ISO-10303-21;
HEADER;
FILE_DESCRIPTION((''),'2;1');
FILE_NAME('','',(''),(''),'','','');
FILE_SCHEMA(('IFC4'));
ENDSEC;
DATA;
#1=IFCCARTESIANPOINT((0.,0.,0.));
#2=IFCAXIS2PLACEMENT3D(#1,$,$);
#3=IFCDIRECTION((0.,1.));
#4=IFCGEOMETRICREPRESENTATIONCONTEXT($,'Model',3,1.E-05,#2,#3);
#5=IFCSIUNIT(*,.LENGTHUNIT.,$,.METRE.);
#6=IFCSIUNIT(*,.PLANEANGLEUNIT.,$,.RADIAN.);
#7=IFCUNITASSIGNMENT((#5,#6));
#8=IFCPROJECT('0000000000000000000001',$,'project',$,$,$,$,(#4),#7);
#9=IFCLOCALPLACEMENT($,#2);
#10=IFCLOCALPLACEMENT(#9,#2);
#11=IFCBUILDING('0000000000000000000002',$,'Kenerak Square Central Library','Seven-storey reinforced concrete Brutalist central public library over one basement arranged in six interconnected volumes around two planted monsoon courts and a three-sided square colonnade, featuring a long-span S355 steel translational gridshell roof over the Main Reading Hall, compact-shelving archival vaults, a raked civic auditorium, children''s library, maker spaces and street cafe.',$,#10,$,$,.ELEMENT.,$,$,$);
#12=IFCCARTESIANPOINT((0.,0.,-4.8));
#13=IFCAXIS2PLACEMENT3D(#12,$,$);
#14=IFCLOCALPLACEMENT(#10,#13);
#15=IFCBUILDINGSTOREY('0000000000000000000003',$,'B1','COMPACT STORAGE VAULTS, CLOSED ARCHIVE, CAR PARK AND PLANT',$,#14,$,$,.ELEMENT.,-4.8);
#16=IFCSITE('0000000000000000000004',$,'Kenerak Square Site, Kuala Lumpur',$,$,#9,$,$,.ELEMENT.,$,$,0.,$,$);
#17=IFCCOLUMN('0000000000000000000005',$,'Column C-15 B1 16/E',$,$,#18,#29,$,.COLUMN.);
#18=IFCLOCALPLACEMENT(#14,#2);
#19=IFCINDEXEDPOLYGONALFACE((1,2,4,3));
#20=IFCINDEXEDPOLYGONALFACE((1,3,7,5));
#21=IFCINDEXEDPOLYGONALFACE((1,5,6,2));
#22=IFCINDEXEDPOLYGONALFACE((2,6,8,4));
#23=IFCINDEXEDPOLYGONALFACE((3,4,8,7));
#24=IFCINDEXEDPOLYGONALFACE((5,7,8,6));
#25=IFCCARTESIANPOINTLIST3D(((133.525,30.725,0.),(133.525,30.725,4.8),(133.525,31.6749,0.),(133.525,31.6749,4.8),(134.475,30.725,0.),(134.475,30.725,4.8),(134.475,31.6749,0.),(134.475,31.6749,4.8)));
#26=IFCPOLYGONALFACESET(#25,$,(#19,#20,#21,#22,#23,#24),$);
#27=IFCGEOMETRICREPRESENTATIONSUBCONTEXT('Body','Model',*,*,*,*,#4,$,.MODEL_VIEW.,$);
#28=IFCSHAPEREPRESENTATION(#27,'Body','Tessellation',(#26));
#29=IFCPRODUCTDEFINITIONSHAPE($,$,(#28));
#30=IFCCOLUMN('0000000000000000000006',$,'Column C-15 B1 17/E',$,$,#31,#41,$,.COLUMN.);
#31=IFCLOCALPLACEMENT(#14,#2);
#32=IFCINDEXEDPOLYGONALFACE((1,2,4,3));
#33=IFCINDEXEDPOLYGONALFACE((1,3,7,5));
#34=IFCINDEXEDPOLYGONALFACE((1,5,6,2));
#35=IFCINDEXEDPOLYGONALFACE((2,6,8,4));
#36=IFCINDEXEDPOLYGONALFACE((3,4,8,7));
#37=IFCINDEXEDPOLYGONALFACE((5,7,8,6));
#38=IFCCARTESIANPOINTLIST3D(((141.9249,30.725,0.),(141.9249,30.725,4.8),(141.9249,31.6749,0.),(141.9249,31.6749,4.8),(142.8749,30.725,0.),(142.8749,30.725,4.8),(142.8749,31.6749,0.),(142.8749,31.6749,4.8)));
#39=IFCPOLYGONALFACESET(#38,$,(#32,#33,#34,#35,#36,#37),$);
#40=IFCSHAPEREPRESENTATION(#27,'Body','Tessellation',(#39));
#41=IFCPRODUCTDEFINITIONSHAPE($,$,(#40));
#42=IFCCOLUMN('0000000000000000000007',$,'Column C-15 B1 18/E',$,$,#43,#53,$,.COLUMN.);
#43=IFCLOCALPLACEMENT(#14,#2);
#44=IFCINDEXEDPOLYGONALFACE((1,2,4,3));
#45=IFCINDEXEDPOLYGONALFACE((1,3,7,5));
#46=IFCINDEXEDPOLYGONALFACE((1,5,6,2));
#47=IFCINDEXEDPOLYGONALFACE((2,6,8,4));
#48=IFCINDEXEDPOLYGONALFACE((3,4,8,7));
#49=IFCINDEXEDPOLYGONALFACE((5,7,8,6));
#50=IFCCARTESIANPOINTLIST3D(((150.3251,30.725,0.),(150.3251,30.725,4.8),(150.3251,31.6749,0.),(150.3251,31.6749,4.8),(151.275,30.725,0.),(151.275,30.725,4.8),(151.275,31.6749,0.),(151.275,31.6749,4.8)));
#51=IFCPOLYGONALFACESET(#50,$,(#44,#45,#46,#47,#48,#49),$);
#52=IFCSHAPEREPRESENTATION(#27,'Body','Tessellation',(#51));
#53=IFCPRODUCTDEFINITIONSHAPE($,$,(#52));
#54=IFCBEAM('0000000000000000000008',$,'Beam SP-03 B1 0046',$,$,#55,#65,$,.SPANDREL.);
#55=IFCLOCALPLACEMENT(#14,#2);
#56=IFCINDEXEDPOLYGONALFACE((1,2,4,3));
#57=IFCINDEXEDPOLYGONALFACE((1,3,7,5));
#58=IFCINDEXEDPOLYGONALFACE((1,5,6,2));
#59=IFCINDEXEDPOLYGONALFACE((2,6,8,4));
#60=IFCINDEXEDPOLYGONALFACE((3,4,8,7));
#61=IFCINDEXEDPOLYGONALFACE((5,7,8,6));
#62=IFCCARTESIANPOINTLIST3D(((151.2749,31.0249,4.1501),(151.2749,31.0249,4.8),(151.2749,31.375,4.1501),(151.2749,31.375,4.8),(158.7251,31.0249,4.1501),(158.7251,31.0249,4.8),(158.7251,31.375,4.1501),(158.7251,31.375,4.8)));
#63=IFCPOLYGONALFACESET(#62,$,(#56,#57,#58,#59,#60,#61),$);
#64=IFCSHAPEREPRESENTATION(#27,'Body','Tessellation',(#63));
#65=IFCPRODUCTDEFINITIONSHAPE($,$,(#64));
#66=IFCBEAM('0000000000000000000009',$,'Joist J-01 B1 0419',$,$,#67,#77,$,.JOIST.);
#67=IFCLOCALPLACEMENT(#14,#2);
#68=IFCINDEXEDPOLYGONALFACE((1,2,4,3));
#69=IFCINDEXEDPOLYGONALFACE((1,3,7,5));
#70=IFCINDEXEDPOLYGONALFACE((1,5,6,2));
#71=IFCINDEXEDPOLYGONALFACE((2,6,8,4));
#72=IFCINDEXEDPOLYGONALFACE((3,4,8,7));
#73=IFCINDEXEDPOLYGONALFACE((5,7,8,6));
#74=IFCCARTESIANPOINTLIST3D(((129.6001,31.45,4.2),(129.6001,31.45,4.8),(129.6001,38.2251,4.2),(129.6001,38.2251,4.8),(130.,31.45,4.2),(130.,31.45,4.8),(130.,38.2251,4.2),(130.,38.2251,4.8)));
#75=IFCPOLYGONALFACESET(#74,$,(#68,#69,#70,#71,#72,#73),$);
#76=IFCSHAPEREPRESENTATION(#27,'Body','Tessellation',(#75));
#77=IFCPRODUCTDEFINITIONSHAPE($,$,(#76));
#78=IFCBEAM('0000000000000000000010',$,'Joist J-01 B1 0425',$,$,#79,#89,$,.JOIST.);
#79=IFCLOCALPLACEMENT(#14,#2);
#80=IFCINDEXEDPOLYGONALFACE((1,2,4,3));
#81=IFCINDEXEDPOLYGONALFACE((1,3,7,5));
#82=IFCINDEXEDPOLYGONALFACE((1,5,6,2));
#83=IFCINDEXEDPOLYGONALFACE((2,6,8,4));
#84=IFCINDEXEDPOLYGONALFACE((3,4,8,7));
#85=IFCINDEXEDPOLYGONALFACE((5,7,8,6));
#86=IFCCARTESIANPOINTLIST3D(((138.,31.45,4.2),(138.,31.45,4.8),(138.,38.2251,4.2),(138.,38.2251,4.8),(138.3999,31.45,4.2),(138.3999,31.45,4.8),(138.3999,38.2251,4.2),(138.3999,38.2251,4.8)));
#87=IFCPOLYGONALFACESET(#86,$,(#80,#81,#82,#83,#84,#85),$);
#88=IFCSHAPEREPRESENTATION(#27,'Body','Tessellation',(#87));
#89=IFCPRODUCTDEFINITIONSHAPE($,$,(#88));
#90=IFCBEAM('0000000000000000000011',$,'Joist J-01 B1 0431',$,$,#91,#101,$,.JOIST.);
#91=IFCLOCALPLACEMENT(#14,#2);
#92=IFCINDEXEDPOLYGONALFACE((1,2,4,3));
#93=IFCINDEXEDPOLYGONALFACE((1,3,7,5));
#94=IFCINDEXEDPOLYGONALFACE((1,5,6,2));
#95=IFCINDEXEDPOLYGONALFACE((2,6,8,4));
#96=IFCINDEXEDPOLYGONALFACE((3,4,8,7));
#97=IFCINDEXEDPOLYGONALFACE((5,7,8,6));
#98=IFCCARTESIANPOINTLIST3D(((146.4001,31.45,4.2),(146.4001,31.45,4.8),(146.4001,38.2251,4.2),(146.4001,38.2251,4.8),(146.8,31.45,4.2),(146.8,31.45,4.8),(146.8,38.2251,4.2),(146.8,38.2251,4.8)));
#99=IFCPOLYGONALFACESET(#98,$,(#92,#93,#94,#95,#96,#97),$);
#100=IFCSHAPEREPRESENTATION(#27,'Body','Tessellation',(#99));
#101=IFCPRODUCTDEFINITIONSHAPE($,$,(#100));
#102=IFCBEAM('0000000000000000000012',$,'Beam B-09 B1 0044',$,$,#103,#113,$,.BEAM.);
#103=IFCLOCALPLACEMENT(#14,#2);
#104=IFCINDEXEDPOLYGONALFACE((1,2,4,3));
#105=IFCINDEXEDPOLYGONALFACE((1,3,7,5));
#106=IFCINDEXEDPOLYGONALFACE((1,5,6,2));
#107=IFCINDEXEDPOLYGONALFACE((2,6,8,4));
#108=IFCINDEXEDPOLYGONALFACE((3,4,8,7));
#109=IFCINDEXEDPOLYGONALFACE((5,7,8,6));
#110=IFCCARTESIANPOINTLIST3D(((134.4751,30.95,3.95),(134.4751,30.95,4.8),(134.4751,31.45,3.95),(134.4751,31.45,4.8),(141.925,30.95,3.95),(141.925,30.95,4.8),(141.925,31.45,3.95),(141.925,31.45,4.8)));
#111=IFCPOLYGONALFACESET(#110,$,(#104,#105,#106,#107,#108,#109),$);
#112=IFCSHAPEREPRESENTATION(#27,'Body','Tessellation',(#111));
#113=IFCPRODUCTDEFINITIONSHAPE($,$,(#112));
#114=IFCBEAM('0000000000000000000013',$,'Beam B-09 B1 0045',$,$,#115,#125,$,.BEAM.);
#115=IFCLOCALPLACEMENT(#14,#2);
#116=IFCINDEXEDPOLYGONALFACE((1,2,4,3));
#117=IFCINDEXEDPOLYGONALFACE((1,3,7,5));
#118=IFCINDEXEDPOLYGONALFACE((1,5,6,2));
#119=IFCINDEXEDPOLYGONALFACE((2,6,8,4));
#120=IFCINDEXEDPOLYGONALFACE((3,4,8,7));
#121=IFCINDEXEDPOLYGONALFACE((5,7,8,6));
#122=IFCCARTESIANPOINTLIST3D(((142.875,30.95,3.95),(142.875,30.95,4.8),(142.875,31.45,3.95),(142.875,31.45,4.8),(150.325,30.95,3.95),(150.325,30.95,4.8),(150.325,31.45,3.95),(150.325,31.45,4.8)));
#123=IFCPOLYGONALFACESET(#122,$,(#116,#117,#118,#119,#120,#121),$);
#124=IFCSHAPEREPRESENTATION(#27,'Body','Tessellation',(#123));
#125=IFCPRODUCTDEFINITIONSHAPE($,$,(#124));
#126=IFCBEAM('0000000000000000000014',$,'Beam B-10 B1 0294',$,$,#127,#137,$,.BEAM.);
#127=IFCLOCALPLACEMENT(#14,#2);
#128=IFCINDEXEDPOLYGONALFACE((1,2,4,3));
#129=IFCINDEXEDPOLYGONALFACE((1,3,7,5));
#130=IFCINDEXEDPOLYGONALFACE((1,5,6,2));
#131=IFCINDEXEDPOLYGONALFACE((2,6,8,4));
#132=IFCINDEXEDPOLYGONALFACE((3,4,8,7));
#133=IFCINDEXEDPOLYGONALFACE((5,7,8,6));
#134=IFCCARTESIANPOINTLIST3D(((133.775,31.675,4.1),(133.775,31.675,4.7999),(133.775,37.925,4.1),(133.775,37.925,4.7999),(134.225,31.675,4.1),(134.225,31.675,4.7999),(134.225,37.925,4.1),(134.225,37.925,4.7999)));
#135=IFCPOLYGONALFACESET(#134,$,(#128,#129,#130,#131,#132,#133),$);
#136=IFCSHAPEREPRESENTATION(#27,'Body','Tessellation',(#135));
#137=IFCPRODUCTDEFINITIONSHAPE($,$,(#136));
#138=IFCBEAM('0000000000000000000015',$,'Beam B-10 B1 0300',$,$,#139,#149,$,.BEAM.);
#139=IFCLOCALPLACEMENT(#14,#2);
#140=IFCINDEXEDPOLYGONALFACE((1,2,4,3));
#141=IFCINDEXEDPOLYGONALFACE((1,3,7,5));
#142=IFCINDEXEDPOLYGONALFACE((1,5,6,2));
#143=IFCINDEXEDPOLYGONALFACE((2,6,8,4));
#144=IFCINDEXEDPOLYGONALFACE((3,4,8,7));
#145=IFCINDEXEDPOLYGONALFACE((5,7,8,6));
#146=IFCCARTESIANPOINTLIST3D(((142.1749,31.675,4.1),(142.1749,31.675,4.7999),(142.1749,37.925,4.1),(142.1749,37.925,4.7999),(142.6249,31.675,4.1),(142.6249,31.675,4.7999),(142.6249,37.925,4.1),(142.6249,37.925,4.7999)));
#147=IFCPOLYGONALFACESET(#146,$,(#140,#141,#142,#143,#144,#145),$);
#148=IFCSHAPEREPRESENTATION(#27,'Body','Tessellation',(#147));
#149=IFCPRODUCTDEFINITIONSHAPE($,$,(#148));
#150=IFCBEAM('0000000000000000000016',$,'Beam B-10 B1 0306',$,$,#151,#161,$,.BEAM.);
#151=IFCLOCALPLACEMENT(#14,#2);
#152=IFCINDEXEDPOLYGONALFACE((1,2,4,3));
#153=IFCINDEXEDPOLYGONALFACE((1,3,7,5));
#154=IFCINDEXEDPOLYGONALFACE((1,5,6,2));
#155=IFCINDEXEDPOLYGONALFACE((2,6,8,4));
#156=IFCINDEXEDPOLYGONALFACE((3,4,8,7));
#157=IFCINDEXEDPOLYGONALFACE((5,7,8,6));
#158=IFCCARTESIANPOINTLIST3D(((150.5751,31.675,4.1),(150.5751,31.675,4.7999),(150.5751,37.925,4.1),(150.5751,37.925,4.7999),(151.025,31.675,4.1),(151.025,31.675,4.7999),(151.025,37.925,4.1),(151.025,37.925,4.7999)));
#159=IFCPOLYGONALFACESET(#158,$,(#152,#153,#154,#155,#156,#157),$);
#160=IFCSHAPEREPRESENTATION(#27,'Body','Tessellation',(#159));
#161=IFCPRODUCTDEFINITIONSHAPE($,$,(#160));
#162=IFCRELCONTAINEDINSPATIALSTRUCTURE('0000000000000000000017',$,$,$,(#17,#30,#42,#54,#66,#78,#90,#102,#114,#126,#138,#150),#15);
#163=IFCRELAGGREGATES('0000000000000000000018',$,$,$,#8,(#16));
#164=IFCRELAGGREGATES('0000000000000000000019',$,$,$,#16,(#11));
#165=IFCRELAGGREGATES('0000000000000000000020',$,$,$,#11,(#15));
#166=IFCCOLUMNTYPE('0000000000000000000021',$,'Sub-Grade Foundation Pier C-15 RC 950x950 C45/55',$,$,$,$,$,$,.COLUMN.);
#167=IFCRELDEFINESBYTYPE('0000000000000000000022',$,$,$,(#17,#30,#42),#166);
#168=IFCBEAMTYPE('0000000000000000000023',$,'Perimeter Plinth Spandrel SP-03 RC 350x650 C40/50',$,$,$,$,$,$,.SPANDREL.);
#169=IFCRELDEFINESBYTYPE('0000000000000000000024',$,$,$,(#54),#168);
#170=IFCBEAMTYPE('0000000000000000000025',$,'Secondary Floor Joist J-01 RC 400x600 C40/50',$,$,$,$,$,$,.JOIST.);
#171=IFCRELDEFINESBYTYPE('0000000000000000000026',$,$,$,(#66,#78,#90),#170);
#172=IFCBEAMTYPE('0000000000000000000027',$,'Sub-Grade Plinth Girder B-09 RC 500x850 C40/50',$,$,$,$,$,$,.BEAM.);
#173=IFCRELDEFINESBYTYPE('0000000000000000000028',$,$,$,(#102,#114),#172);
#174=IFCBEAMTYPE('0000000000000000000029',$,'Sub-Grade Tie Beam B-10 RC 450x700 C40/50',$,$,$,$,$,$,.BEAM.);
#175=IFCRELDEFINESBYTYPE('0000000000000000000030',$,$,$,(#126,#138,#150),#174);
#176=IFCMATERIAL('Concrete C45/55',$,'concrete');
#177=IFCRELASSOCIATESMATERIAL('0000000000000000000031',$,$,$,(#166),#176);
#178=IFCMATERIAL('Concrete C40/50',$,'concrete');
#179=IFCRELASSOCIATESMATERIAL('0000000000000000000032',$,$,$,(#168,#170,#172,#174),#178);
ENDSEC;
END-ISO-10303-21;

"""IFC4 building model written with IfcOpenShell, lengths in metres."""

from ifc_helpers import new_model, si_unit, direction, frame, origin, origin_2d, place, context, subcontext, project, spatial, rectangle, extrude, material, material_profile, profile_set, type_object, element, save


model = new_model("IFC4")

# Units and contexts
model_context = context("Model", 3, precision=1e-05, world=origin(), true_north=direction((0.0, 1.0)))
body_context = subcontext(model_context, "Body", "Model", "MODEL_VIEW")
ifc_project = project(units=[si_unit("LENGTHUNIT", "METRE"), si_unit("PLANEANGLEUNIT", "RADIAN")], contexts=[model_context])

# Site, building, storey
site_placement = place(None, origin())
site = spatial("IfcSite", under=ifc_project, at=site_placement, Name="Kenerak Square Site, Kuala Lumpur", CompositionType="ELEMENT", RefElevation=0.0)
building_placement = place(site_placement, origin())
building = spatial("IfcBuilding", under=site, at=building_placement, Name="Kenerak Square Central Library", Description="Seven-storey reinforced concrete Brutalist central public library over one basement arranged in six interconnected volumes around two planted monsoon courts and a three-sided square colonnade, featuring a long-span S355 steel translational gridshell roof over the Main Reading Hall, compact-shelving archival vaults, a raked civic auditorium, children's library, maker spaces and street cafe.", CompositionType="ELEMENT")
storey_placement = place(building_placement, frame((0.0, 0.0, -4.8)))
storey = spatial("IfcBuildingStorey", under=building, at=storey_placement, Name="B1", Description="COMPACT STORAGE VAULTS, CLOSED ARCHIVE, CAR PARK AND PLANT", CompositionType="ELEMENT", Elevation=-4.8)

# Shared definitions
ifc_material_1 = material(Name="Concrete C40/50", Category="concrete")

# Columns
ifc_material_2 = material(Name="Concrete C45/55", Category="concrete")
ifc_material_profile_1 = material_profile(ifc_material_2, rectangle(XDim=0.95, YDim=0.95, at=origin_2d()), Name="RC 950x950")
ifc_profile_set_1 = profile_set([ifc_material_profile_1], Name="Concrete C45/55")
column_type = type_object("IfcColumnType", Name="Sub-Grade Foundation Pier C-15 RC 950x950 C45/55", PredefinedType="COLUMN", material=ifc_profile_set_1)
for number, where, z_axis, x_axis, name in (
    (1, (134.0, 31.2, 0.0), (0.0, 0.0, 1.0), (1.0, 0.0, 0.0), "Column C-15 B1 16/E"),
    (2, (142.3999, 31.2, 0.0), (0.0, 0.0, 1.0), (1.0, 0.0, 0.0), "Column C-15 B1 17/E"),
    (3, (150.8, 31.2, 0.0), (0.0, 0.0, 1.0), (1.0, 0.0, 0.0), "Column C-15 B1 18/E"),
):
    element("IfcColumn", number, at=place(storey_placement, frame(where, z_axis=z_axis, x_axis=x_axis)), inside=storey, type_object=column_type, Name=name, PredefinedType="COLUMN", context=body_context, shape_type="SweptSolid", body=[
        extrude(rectangle(XDim=0.95, YDim=0.95, at=origin_2d()), origin(), (0.0, 0.0, 1.0), 4.8),
    ])

# Beams
ifc_material_profile_2 = material_profile(ifc_material_1, rectangle(XDim=0.3501, YDim=0.6499, at=origin_2d()), Name="RC 350x650")
ifc_profile_set_2 = profile_set([ifc_material_profile_2], Name="Concrete C40/50")
beam_type_1 = type_object("IfcBeamType", Name="Perimeter Plinth Spandrel SP-03 RC 350x650 C40/50", PredefinedType="SPANDREL", material=ifc_profile_set_2)
beam_placement = place(storey_placement, frame((151.2749, 31.2, 4.4751), z_axis=(1.0, 0.0, 0.0), x_axis=(0.0, 1.0, 0.0)))
element("IfcBeam", 4, at=beam_placement, inside=storey, type_object=beam_type_1, Name="Beam SP-03 B1 0046", PredefinedType="SPANDREL", context=body_context, shape_type="SweptSolid", body=[
    extrude(rectangle(XDim=0.3501, YDim=0.6499, at=origin_2d()), origin(), (0.0, 0.0, 1.0), 7.4502),
])
ifc_material_profile_3 = material_profile(ifc_material_1, rectangle(XDim=0.3999, YDim=0.6001, at=origin_2d()), Name="RC 400x600")
ifc_profile_set_3 = profile_set([ifc_material_profile_3], Name="Concrete C40/50")
beam_type_2 = type_object("IfcBeamType", Name="Secondary Floor Joist J-01 RC 400x600 C40/50", PredefinedType="JOIST", material=ifc_profile_set_3)
for number, where, z_axis, x_axis, name in (
    (5, (129.8, 31.45, 4.5), (0.0, 1.0, 0.0), (-1.0, 0.0, 0.0), "Joist J-01 B1 0419"),
    (6, (138.2, 31.45, 4.5), (0.0, 1.0, 0.0), (-1.0, 0.0, 0.0), "Joist J-01 B1 0425"),
    (7, (146.6001, 31.45, 4.5), (0.0, 1.0, 0.0), (-1.0, 0.0, 0.0), "Joist J-01 B1 0431"),
):
    element("IfcBeam", number, at=place(storey_placement, frame(where, z_axis=z_axis, x_axis=x_axis)), inside=storey, type_object=beam_type_2, Name=name, PredefinedType="JOIST", context=body_context, shape_type="SweptSolid", body=[
        extrude(rectangle(XDim=0.3999, YDim=0.6001, at=origin_2d()), origin(), (0.0, 0.0, 1.0), 6.7751),
    ])
ifc_material_profile_4 = material_profile(ifc_material_1, rectangle(XDim=0.5, YDim=0.8501, at=origin_2d()), Name="RC 500x850")
ifc_profile_set_4 = profile_set([ifc_material_profile_4], Name="Concrete C40/50")
beam_type_3 = type_object("IfcBeamType", Name="Sub-Grade Plinth Girder B-09 RC 500x850 C40/50", PredefinedType="BEAM", material=ifc_profile_set_4)
for number, where, z_axis, x_axis, name in (
    (8, (134.4751, 31.2, 4.375), (1.0, 0.0, 0.0), (0.0, 1.0, 0.0), "Beam B-09 B1 0044"),
    (9, (142.875, 31.2, 4.375), (1.0, 0.0, 0.0), (0.0, 1.0, 0.0), "Beam B-09 B1 0045"),
):
    element("IfcBeam", number, at=place(storey_placement, frame(where, z_axis=z_axis, x_axis=x_axis)), inside=storey, type_object=beam_type_3, Name=name, PredefinedType="BEAM", context=body_context, shape_type="SweptSolid", body=[
        extrude(rectangle(XDim=0.5, YDim=0.8501, at=origin_2d()), origin(), (0.0, 0.0, 1.0), 7.45),
    ])
ifc_material_profile_5 = material_profile(ifc_material_1, rectangle(XDim=0.45, YDim=0.7, at=origin_2d()), Name="RC 450x700")
ifc_profile_set_5 = profile_set([ifc_material_profile_5], Name="Concrete C40/50")
beam_type_4 = type_object("IfcBeamType", Name="Sub-Grade Tie Beam B-10 RC 450x700 C40/50", PredefinedType="BEAM", material=ifc_profile_set_5)
for number, where, z_axis, x_axis, name in (
    (10, (134.0, 31.675, 4.45), (0.0, 1.0, 0.0), (-1.0, 0.0, 0.0), "Beam B-10 B1 0294"),
    (11, (142.3999, 31.675, 4.45), (0.0, 1.0, 0.0), (-1.0, 0.0, 0.0), "Beam B-10 B1 0300"),
    (12, (150.8, 31.675, 4.45), (0.0, 1.0, 0.0), (-1.0, 0.0, 0.0), "Beam B-10 B1 0306"),
):
    element("IfcBeam", number, at=place(storey_placement, frame(where, z_axis=z_axis, x_axis=x_axis)), inside=storey, type_object=beam_type_4, Name=name, PredefinedType="BEAM", context=body_context, shape_type="SweptSolid", body=[
        extrude(rectangle(XDim=0.45, YDim=0.7, at=origin_2d()), origin(), (0.0, 0.0, 1.0), 6.25),
    ])

save(model, "model.ifc")
